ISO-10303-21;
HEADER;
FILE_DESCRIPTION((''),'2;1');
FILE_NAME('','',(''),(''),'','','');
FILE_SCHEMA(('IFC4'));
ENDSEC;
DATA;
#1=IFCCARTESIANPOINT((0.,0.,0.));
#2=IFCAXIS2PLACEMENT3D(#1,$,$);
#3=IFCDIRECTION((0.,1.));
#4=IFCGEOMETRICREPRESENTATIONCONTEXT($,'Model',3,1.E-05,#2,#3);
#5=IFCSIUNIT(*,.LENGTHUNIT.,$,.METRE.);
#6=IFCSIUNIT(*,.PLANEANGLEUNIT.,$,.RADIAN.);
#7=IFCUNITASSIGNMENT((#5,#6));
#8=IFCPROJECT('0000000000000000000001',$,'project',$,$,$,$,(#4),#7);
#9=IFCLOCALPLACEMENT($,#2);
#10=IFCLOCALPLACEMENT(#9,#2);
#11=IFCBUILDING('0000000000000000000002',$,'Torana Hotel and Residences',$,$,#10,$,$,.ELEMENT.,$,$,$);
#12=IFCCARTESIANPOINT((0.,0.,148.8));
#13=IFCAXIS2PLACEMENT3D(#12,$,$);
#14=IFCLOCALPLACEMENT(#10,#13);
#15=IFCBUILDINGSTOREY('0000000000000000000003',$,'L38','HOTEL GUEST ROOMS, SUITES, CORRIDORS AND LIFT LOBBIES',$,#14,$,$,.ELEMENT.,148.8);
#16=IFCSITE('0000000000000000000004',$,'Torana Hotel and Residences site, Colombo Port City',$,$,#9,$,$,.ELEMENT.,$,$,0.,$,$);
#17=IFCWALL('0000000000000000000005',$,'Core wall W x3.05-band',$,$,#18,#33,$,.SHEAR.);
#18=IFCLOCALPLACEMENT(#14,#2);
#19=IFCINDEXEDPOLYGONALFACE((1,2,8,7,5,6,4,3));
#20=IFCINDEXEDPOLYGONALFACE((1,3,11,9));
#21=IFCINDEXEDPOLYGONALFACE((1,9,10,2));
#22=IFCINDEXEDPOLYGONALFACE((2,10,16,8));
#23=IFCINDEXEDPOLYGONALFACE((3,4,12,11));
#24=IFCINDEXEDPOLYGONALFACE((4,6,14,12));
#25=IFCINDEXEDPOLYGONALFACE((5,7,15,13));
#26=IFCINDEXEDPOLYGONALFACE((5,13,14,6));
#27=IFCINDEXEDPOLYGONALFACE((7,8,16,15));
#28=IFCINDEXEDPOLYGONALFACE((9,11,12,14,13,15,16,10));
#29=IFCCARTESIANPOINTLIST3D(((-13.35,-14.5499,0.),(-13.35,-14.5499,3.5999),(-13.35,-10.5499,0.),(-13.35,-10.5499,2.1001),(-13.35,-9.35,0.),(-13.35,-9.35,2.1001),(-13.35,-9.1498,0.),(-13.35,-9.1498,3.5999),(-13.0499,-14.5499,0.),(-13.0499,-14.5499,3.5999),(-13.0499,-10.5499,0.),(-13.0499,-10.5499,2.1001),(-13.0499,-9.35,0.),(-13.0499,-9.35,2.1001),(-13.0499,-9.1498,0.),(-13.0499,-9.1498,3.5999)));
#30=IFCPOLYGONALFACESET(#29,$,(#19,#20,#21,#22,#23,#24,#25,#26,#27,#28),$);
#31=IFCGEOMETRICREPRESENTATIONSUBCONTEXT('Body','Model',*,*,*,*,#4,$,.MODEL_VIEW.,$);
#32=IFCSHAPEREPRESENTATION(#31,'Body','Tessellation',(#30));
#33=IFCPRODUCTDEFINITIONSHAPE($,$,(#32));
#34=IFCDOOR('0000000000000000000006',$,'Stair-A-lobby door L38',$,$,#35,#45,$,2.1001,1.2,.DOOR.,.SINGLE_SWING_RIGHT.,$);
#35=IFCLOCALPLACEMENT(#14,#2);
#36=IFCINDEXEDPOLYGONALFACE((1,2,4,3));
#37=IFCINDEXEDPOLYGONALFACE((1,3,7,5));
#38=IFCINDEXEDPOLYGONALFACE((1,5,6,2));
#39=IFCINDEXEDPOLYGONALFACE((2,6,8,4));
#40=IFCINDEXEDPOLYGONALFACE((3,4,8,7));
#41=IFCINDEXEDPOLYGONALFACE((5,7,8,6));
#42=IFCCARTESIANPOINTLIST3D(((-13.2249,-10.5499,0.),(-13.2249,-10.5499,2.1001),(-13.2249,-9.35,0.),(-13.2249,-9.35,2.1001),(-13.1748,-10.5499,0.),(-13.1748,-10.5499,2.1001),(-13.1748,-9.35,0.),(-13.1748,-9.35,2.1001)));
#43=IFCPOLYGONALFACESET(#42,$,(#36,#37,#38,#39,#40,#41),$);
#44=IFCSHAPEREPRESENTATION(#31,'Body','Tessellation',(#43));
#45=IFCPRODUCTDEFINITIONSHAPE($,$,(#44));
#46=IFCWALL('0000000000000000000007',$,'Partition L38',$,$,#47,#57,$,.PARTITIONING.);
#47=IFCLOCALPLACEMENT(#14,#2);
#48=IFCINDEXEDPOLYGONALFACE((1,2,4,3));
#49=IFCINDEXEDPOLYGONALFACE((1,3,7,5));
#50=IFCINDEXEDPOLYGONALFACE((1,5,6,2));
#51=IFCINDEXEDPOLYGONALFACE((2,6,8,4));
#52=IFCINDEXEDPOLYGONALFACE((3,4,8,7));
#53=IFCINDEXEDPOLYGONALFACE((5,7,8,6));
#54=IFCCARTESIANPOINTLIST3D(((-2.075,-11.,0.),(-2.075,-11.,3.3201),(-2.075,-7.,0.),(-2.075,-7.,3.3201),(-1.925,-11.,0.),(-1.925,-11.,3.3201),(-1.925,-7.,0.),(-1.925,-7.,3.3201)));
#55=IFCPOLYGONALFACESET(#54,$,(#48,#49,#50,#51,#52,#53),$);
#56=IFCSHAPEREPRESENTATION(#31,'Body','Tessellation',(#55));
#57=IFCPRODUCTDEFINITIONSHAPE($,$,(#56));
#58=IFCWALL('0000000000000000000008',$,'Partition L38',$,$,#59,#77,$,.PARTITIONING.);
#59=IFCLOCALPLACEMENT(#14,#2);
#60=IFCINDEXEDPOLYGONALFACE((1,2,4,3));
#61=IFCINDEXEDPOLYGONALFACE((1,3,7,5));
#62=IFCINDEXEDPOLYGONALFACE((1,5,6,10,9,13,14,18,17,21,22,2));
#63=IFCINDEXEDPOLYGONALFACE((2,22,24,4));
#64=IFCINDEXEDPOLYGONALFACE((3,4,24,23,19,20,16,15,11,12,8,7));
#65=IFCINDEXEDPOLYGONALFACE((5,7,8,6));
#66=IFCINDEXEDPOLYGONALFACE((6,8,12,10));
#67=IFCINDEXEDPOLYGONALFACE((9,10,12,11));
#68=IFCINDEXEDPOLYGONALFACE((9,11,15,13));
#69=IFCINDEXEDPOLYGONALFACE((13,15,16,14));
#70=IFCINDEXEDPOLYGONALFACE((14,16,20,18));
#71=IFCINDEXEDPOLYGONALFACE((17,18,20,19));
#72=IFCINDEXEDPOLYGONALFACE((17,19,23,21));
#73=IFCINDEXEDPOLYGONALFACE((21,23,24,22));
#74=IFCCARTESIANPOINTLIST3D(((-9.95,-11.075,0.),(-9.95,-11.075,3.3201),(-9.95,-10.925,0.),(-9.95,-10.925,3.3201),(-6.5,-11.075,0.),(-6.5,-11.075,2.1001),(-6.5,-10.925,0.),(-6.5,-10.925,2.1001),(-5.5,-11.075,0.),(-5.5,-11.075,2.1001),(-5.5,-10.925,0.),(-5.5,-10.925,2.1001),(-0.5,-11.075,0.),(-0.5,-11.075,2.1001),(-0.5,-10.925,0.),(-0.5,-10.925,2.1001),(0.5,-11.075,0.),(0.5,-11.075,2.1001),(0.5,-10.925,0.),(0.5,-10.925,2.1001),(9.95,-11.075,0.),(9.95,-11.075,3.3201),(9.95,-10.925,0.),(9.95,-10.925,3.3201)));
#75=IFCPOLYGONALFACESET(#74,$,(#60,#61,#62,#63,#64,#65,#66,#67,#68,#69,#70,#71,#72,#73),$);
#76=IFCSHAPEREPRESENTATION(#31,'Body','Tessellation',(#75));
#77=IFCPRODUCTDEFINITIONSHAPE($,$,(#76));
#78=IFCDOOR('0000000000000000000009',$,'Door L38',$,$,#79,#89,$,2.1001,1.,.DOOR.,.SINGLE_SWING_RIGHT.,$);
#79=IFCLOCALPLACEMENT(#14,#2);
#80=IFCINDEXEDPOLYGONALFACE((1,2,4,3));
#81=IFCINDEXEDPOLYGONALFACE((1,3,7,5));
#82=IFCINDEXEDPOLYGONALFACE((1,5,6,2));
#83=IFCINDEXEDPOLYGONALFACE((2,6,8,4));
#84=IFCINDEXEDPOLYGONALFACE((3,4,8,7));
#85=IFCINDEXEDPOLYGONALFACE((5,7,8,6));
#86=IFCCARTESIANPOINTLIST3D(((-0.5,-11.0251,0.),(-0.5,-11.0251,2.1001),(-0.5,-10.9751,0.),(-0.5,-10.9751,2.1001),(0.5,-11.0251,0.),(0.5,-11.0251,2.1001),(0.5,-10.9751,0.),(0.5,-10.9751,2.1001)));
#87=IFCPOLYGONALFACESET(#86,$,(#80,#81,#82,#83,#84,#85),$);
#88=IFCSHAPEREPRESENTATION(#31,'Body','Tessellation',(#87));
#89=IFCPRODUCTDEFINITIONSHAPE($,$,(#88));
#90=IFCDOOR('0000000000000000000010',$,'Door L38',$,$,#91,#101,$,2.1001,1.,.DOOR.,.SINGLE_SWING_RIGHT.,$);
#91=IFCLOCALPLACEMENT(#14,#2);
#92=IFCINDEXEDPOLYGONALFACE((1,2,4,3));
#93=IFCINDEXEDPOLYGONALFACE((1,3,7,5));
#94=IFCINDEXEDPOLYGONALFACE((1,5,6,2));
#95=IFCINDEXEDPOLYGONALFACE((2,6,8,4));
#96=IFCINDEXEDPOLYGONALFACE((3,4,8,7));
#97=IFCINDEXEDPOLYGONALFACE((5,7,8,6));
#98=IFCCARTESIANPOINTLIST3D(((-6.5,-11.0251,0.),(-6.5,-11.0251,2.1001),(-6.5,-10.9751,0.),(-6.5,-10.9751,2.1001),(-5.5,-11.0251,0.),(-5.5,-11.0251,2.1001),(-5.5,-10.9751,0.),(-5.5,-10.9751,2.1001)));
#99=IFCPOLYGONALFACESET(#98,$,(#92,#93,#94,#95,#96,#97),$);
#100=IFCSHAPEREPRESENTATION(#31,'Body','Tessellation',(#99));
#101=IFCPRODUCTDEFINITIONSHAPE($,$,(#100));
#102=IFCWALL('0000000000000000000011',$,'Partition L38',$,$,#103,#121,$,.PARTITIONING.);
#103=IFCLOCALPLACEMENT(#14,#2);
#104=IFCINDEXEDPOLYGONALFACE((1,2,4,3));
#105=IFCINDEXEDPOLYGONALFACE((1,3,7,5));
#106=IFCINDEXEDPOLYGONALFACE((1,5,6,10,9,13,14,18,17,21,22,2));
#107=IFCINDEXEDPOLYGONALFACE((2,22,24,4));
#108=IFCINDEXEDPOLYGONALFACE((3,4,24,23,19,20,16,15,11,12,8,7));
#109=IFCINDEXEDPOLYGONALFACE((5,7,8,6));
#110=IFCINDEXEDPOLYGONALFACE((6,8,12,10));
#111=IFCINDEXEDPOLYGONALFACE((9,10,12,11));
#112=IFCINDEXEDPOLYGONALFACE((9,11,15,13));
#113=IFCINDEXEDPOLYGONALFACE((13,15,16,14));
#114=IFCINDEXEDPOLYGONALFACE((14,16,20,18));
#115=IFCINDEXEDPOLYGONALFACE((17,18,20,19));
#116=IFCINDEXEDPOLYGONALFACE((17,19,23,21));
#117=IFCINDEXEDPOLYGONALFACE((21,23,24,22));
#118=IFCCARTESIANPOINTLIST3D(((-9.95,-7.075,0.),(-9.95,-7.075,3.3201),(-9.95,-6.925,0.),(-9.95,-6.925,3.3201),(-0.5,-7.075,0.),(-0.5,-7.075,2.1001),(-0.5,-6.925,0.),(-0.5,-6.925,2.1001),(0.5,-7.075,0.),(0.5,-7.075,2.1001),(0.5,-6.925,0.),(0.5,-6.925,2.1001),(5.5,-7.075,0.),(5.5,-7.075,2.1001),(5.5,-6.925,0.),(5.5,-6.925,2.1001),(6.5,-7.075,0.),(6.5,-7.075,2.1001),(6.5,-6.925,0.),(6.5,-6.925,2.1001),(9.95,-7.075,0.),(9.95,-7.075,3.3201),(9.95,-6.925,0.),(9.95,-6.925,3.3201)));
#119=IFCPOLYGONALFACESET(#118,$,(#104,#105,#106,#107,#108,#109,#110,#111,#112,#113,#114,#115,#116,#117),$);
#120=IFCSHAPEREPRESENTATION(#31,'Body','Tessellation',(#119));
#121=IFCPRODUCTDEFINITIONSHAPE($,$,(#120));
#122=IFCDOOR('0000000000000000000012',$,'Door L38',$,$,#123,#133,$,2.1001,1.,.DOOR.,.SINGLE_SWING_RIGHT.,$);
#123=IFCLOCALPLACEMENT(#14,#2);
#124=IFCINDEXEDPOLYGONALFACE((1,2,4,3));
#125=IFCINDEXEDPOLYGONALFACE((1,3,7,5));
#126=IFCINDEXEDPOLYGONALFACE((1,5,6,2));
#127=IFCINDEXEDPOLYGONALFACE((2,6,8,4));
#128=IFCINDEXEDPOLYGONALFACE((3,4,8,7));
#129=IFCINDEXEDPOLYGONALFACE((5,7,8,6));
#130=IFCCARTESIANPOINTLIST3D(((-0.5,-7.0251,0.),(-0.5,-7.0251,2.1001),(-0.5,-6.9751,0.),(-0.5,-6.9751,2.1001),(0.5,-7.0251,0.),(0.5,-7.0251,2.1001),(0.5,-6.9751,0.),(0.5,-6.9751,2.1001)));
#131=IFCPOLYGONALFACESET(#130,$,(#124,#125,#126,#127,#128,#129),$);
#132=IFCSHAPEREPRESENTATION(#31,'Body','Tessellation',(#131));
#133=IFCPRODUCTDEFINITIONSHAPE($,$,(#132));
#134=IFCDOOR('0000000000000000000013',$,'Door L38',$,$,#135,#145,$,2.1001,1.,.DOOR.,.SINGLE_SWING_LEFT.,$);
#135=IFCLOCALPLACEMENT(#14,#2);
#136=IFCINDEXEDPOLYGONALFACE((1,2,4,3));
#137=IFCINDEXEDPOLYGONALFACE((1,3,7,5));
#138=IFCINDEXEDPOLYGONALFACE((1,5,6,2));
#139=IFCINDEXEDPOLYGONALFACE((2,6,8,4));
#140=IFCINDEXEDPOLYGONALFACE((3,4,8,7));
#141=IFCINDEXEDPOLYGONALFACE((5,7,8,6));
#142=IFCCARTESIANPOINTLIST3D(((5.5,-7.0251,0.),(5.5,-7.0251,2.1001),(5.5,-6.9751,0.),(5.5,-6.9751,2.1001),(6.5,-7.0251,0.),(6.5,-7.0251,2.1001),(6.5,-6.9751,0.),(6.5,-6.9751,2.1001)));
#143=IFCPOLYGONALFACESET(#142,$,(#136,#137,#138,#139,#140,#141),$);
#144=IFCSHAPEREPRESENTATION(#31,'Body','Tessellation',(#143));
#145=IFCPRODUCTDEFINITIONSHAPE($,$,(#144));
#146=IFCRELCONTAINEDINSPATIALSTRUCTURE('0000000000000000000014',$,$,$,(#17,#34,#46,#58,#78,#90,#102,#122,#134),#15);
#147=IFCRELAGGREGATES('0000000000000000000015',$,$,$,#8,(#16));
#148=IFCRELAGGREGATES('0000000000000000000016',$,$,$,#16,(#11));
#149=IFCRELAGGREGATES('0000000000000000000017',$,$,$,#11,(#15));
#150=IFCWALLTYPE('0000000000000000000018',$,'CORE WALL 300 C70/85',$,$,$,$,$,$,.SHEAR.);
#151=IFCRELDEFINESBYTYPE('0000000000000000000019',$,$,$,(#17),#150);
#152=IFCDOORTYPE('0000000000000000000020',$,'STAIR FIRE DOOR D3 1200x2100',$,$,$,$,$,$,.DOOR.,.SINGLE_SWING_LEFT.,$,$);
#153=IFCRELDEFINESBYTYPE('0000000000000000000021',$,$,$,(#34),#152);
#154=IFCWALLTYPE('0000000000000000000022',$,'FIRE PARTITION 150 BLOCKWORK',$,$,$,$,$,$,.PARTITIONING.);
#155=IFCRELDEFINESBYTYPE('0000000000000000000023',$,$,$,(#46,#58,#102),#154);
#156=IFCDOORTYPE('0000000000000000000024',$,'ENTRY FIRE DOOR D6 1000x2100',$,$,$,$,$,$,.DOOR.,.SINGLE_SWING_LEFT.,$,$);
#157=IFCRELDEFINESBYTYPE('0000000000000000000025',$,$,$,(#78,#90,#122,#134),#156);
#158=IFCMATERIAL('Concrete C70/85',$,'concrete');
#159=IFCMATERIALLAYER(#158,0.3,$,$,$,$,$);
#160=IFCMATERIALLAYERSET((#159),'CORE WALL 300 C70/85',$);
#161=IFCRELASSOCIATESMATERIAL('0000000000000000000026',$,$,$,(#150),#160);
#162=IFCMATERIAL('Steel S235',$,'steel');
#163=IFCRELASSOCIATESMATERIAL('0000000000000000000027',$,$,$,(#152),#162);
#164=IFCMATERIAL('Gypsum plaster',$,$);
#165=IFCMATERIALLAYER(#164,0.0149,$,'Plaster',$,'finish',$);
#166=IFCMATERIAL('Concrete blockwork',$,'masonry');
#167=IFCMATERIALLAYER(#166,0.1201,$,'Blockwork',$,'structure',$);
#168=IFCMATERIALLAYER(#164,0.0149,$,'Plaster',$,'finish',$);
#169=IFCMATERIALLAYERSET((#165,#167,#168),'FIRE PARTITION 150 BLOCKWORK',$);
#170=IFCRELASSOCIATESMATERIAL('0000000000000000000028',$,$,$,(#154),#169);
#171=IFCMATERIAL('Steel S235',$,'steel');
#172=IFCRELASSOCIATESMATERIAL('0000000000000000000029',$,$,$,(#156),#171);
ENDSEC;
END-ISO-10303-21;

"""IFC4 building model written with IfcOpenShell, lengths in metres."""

from ifc_helpers import new_model, si_unit, direction, frame, frame_2d, origin, place, context, subcontext, project, spatial, rectangle, extrude, material, layer, layer_set, type_object, element, fill, save


model = new_model("IFC4")

# Units and contexts
model_context = context("Model", 3, precision=1e-05, world=origin(), true_north=direction((0.0, 1.0)))
body_context = subcontext(model_context, "Body", "Model", "MODEL_VIEW")
ifc_project = project(units=[si_unit("LENGTHUNIT", "METRE"), si_unit("PLANEANGLEUNIT", "RADIAN")], contexts=[model_context])

# Site, building, storey
site_placement = place(None, origin())
site = spatial("IfcSite", under=ifc_project, at=site_placement, Name="Torana Hotel and Residences site, Colombo Port City", CompositionType="ELEMENT", RefElevation=0.0)
building_placement = place(site_placement, origin())
building = spatial("IfcBuilding", under=site, at=building_placement, Name="Torana Hotel and Residences", CompositionType="ELEMENT")
storey_placement = place(building_placement, frame((0.0, 0.0, 148.8)))
storey = spatial("IfcBuildingStorey", under=building, at=storey_placement, Name="L38", Description="HOTEL GUEST ROOMS, SUITES, CORRIDORS AND LIFT LOBBIES", CompositionType="ELEMENT", Elevation=148.8)

# Shared definitions
ifc_material_1 = material(Name="Concrete C70/85", Category="concrete")
ifc_layer_1 = layer(ifc_material_1, 0.3)
ifc_layer_set_1 = layer_set([ifc_layer_1], Name="CORE WALL 300 C70/85")
wall_type_1 = type_object("IfcWallType", Name="CORE WALL 300 C70/85", PredefinedType="SHEAR", material=ifc_layer_set_1)

# Wall, opening, door
wall_1_placement = place(storey_placement, frame((-13.2, -14.55, 0.0), z_axis=(0.0, 0.0, 1.0), x_axis=(0.0, 1.0, 0.0)))
wall_1 = element("IfcWall", 1, at=wall_1_placement, inside=storey, type_object=wall_type_1, Name="Core wall W x3.05-band", PredefinedType="SHEAR", context=body_context, shape_type="SweptSolid", body=[
    extrude(rectangle(XDim=5.4001, YDim=0.3, at=frame_2d((2.7002, 0.0))), origin(), (0.0, 0.0, 1.0), 3.5999),
])
opening_1_placement = place(wall_1_placement, frame((4.0, 0.0, 0.0)))
opening_1 = element("IfcOpeningElement", 2, at=opening_1_placement, cuts=wall_1, PredefinedType="OPENING", context=body_context, shape_type="SweptSolid", body=[
    extrude(rectangle(XDim=1.2, YDim=2.1001, at=frame_2d((0.6001, 1.05))), frame((0.0, 0.1599, 0.0), z_axis=(0.0, -1.0, 0.0), x_axis=(1.0, 0.0, 0.0)), (0.0, 0.0, 1.0), 0.3201),
])
ifc_material_2 = material(Name="Steel S235", Category="steel")
door_type_1 = type_object("IfcDoorType", Name="STAIR FIRE DOOR D3 1200x2100", OperationType="SINGLE_SWING_LEFT", PredefinedType="DOOR", material=ifc_material_2)
door_1_placement = place(opening_1_placement, frame((0.6001, 0.0, 0.0), z_axis=(0.0, 0.0, 1.0), x_axis=(-1.0, 0.0, 0.0)))
door_1 = element("IfcDoor", 3, at=door_1_placement, inside=storey, type_object=door_type_1, Name="Stair-A-lobby door L38", OperationType="SINGLE_SWING_RIGHT", OverallHeight=2.1001, OverallWidth=1.2, PredefinedType="DOOR", context=body_context, shape_type="SweptSolid", body=[
    extrude(rectangle(XDim=1.2, YDim=2.1001, at=frame_2d((0.0, 1.05))), frame((0.0, -0.0249, 0.0), z_axis=(0.0, 1.0, 0.0), x_axis=(-1.0, 0.0, 0.0)), (0.0, 0.0, 1.0), 0.05),
])
fill(opening_1, door_1)

# Wall
ifc_material_3 = material(Name="Gypsum plaster")
ifc_layer_2 = layer(ifc_material_3, 0.0149, Name="Plaster", Category="finish")
ifc_material_4 = material(Name="Concrete blockwork", Category="masonry")
ifc_layer_3 = layer(ifc_material_4, 0.1201, Name="Blockwork", Category="structure")
ifc_layer_4 = layer(ifc_material_3, 0.0149, Name="Plaster", Category="finish")
ifc_layer_set_2 = layer_set([ifc_layer_2, ifc_layer_3, ifc_layer_4], Name="FIRE PARTITION 150 BLOCKWORK")
wall_type_2 = type_object("IfcWallType", Name="FIRE PARTITION 150 BLOCKWORK", PredefinedType="PARTITIONING", material=ifc_layer_set_2)
wall_2_placement = place(storey_placement, frame((-2.0, -11.0, 0.0), z_axis=(0.0, 0.0, 1.0), x_axis=(0.0, 1.0, 0.0)))
element("IfcWall", 4, at=wall_2_placement, inside=storey, type_object=wall_type_2, Name="Partition L38", PredefinedType="PARTITIONING", context=body_context, shape_type="SweptSolid", body=[
    extrude(rectangle(XDim=4.0, YDim=0.1499, at=frame_2d((2.0, 0.0))), origin(), (0.0, 0.0, 1.0), 3.3201),
])

# Walls, openings, doors
wall_3_placement = place(storey_placement, frame((-9.95, -11.0, 0.0), z_axis=(0.0, 0.0, 1.0), x_axis=(1.0, 0.0, 0.0)))
wall_3 = element("IfcWall", 5, at=wall_3_placement, inside=storey, type_object=wall_type_2, Name="Partition L38", PredefinedType="PARTITIONING", context=body_context, shape_type="SweptSolid", body=[
    extrude(rectangle(XDim=19.8999, YDim=0.1499, at=frame_2d((9.95, 0.0))), origin(), (0.0, 0.0, 1.0), 3.3201),
])
opening_2_placement = place(wall_3_placement, frame((9.45, 0.0, 0.0)))
opening_2 = element("IfcOpeningElement", 6, at=opening_2_placement, cuts=wall_3, PredefinedType="OPENING", context=body_context, shape_type="SweptSolid", body=[
    extrude(rectangle(XDim=1.0, YDim=2.1001, at=frame_2d((0.5, 1.05))), frame((0.0, 0.085, 0.0), z_axis=(0.0, -1.0, 0.0), x_axis=(1.0, 0.0, 0.0)), (0.0, 0.0, 1.0), 0.1699),
])
opening_3_placement = place(wall_3_placement, frame((3.45, 0.0, 0.0)))
opening_3 = element("IfcOpeningElement", 7, at=opening_3_placement, cuts=wall_3, PredefinedType="OPENING", context=body_context, shape_type="SweptSolid", body=[
    extrude(rectangle(XDim=1.0, YDim=2.1001, at=frame_2d((0.5, 1.05))), frame((0.0, 0.085, 0.0), z_axis=(0.0, -1.0, 0.0), x_axis=(1.0, 0.0, 0.0)), (0.0, 0.0, 1.0), 0.1699),
])
ifc_material_5 = material(Name="Steel S235", Category="steel")
door_type_2 = type_object("IfcDoorType", Name="ENTRY FIRE DOOR D6 1000x2100", OperationType="SINGLE_SWING_LEFT", PredefinedType="DOOR", material=ifc_material_5)
door_2_placement = place(opening_2_placement, origin())
door_2 = element("IfcDoor", 8, at=door_2_placement, inside=storey, type_object=door_type_2, Name="Door L38", OperationType="SINGLE_SWING_RIGHT", OverallHeight=2.1001, OverallWidth=1.0, PredefinedType="DOOR", context=body_context, shape_type="SweptSolid", body=[
    extrude(rectangle(XDim=1.0, YDim=2.1001, at=frame_2d((0.5, 1.05))), frame((0.0, 0.0249, 0.0), z_axis=(0.0, -1.0, 0.0), x_axis=(1.0, 0.0, 0.0)), (0.0, 0.0, 1.0), 0.05),
])
fill(opening_2, door_2)
door_3_placement = place(opening_3_placement, origin())
door_3 = element("IfcDoor", 9, at=door_3_placement, inside=storey, type_object=door_type_2, Name="Door L38", OperationType="SINGLE_SWING_RIGHT", OverallHeight=2.1001, OverallWidth=1.0, PredefinedType="DOOR", context=body_context, shape_type="SweptSolid", body=[
    extrude(rectangle(XDim=1.0, YDim=2.1001, at=frame_2d((0.5, 1.05))), frame((0.0, 0.0249, 0.0), z_axis=(0.0, -1.0, 0.0), x_axis=(1.0, 0.0, 0.0)), (0.0, 0.0, 1.0), 0.05),
])
fill(opening_3, door_3)
wall_4_placement = place(storey_placement, frame((-9.95, -7.0, 0.0), z_axis=(0.0, 0.0, 1.0), x_axis=(1.0, 0.0, 0.0)))
wall_4 = element("IfcWall", 10, at=wall_4_placement, inside=storey, type_object=wall_type_2, Name="Partition L38", PredefinedType="PARTITIONING", context=body_context, shape_type="SweptSolid", body=[
    extrude(rectangle(XDim=19.8999, YDim=0.1499, at=frame_2d((9.95, 0.0))), origin(), (0.0, 0.0, 1.0), 3.3201),
])
opening_4_placement = place(wall_4_placement, frame((9.45, 0.0, 0.0)))
opening_4 = element("IfcOpeningElement", 11, at=opening_4_placement, cuts=wall_4, PredefinedType="OPENING", context=body_context, shape_type="SweptSolid", body=[
    extrude(rectangle(XDim=1.0, YDim=2.1001, at=frame_2d((0.5, 1.05))), frame((0.0, 0.085, 0.0), z_axis=(0.0, -1.0, 0.0), x_axis=(1.0, 0.0, 0.0)), (0.0, 0.0, 1.0), 0.1699),
])
opening_5_placement = place(wall_4_placement, frame((15.45, 0.0, 0.0)))
opening_5 = element("IfcOpeningElement", 12, at=opening_5_placement, cuts=wall_4, PredefinedType="OPENING", context=body_context, shape_type="SweptSolid", body=[
    extrude(rectangle(XDim=1.0, YDim=2.1001, at=frame_2d((0.5, 1.05))), frame((0.0, 0.085, 0.0), z_axis=(0.0, -1.0, 0.0), x_axis=(1.0, 0.0, 0.0)), (0.0, 0.0, 1.0), 0.1699),
])
door_4_placement = place(opening_4_placement, origin())
door_4 = element("IfcDoor", 13, at=door_4_placement, inside=storey, type_object=door_type_2, Name="Door L38", OperationType="SINGLE_SWING_RIGHT", OverallHeight=2.1001, OverallWidth=1.0, PredefinedType="DOOR", context=body_context, shape_type="SweptSolid", body=[
    extrude(rectangle(XDim=1.0, YDim=2.1001, at=frame_2d((0.5, 1.05))), frame((0.0, 0.0249, 0.0), z_axis=(0.0, -1.0, 0.0), x_axis=(1.0, 0.0, 0.0)), (0.0, 0.0, 1.0), 0.05),
])
fill(opening_4, door_4)
door_5_placement = place(opening_5_placement, frame((0.5, 0.0, 0.0), z_axis=(0.0, 0.0, 1.0), x_axis=(-1.0, 0.0, 0.0)))
door_5 = element("IfcDoor", 14, at=door_5_placement, inside=storey, type_object=door_type_2, Name="Door L38", OperationType="SINGLE_SWING_LEFT", OverallHeight=2.1001, OverallWidth=1.0, PredefinedType="DOOR", context=body_context, shape_type="SweptSolid", body=[
    extrude(rectangle(XDim=1.0, YDim=2.1001, at=frame_2d((0.0, 1.05))), frame((0.0, -0.0249, 0.0), z_axis=(0.0, 1.0, 0.0), x_axis=(-1.0, 0.0, 0.0)), (0.0, 0.0, 1.0), 0.05),
])
fill(opening_5, door_5)

save(model, "model.ifc")
